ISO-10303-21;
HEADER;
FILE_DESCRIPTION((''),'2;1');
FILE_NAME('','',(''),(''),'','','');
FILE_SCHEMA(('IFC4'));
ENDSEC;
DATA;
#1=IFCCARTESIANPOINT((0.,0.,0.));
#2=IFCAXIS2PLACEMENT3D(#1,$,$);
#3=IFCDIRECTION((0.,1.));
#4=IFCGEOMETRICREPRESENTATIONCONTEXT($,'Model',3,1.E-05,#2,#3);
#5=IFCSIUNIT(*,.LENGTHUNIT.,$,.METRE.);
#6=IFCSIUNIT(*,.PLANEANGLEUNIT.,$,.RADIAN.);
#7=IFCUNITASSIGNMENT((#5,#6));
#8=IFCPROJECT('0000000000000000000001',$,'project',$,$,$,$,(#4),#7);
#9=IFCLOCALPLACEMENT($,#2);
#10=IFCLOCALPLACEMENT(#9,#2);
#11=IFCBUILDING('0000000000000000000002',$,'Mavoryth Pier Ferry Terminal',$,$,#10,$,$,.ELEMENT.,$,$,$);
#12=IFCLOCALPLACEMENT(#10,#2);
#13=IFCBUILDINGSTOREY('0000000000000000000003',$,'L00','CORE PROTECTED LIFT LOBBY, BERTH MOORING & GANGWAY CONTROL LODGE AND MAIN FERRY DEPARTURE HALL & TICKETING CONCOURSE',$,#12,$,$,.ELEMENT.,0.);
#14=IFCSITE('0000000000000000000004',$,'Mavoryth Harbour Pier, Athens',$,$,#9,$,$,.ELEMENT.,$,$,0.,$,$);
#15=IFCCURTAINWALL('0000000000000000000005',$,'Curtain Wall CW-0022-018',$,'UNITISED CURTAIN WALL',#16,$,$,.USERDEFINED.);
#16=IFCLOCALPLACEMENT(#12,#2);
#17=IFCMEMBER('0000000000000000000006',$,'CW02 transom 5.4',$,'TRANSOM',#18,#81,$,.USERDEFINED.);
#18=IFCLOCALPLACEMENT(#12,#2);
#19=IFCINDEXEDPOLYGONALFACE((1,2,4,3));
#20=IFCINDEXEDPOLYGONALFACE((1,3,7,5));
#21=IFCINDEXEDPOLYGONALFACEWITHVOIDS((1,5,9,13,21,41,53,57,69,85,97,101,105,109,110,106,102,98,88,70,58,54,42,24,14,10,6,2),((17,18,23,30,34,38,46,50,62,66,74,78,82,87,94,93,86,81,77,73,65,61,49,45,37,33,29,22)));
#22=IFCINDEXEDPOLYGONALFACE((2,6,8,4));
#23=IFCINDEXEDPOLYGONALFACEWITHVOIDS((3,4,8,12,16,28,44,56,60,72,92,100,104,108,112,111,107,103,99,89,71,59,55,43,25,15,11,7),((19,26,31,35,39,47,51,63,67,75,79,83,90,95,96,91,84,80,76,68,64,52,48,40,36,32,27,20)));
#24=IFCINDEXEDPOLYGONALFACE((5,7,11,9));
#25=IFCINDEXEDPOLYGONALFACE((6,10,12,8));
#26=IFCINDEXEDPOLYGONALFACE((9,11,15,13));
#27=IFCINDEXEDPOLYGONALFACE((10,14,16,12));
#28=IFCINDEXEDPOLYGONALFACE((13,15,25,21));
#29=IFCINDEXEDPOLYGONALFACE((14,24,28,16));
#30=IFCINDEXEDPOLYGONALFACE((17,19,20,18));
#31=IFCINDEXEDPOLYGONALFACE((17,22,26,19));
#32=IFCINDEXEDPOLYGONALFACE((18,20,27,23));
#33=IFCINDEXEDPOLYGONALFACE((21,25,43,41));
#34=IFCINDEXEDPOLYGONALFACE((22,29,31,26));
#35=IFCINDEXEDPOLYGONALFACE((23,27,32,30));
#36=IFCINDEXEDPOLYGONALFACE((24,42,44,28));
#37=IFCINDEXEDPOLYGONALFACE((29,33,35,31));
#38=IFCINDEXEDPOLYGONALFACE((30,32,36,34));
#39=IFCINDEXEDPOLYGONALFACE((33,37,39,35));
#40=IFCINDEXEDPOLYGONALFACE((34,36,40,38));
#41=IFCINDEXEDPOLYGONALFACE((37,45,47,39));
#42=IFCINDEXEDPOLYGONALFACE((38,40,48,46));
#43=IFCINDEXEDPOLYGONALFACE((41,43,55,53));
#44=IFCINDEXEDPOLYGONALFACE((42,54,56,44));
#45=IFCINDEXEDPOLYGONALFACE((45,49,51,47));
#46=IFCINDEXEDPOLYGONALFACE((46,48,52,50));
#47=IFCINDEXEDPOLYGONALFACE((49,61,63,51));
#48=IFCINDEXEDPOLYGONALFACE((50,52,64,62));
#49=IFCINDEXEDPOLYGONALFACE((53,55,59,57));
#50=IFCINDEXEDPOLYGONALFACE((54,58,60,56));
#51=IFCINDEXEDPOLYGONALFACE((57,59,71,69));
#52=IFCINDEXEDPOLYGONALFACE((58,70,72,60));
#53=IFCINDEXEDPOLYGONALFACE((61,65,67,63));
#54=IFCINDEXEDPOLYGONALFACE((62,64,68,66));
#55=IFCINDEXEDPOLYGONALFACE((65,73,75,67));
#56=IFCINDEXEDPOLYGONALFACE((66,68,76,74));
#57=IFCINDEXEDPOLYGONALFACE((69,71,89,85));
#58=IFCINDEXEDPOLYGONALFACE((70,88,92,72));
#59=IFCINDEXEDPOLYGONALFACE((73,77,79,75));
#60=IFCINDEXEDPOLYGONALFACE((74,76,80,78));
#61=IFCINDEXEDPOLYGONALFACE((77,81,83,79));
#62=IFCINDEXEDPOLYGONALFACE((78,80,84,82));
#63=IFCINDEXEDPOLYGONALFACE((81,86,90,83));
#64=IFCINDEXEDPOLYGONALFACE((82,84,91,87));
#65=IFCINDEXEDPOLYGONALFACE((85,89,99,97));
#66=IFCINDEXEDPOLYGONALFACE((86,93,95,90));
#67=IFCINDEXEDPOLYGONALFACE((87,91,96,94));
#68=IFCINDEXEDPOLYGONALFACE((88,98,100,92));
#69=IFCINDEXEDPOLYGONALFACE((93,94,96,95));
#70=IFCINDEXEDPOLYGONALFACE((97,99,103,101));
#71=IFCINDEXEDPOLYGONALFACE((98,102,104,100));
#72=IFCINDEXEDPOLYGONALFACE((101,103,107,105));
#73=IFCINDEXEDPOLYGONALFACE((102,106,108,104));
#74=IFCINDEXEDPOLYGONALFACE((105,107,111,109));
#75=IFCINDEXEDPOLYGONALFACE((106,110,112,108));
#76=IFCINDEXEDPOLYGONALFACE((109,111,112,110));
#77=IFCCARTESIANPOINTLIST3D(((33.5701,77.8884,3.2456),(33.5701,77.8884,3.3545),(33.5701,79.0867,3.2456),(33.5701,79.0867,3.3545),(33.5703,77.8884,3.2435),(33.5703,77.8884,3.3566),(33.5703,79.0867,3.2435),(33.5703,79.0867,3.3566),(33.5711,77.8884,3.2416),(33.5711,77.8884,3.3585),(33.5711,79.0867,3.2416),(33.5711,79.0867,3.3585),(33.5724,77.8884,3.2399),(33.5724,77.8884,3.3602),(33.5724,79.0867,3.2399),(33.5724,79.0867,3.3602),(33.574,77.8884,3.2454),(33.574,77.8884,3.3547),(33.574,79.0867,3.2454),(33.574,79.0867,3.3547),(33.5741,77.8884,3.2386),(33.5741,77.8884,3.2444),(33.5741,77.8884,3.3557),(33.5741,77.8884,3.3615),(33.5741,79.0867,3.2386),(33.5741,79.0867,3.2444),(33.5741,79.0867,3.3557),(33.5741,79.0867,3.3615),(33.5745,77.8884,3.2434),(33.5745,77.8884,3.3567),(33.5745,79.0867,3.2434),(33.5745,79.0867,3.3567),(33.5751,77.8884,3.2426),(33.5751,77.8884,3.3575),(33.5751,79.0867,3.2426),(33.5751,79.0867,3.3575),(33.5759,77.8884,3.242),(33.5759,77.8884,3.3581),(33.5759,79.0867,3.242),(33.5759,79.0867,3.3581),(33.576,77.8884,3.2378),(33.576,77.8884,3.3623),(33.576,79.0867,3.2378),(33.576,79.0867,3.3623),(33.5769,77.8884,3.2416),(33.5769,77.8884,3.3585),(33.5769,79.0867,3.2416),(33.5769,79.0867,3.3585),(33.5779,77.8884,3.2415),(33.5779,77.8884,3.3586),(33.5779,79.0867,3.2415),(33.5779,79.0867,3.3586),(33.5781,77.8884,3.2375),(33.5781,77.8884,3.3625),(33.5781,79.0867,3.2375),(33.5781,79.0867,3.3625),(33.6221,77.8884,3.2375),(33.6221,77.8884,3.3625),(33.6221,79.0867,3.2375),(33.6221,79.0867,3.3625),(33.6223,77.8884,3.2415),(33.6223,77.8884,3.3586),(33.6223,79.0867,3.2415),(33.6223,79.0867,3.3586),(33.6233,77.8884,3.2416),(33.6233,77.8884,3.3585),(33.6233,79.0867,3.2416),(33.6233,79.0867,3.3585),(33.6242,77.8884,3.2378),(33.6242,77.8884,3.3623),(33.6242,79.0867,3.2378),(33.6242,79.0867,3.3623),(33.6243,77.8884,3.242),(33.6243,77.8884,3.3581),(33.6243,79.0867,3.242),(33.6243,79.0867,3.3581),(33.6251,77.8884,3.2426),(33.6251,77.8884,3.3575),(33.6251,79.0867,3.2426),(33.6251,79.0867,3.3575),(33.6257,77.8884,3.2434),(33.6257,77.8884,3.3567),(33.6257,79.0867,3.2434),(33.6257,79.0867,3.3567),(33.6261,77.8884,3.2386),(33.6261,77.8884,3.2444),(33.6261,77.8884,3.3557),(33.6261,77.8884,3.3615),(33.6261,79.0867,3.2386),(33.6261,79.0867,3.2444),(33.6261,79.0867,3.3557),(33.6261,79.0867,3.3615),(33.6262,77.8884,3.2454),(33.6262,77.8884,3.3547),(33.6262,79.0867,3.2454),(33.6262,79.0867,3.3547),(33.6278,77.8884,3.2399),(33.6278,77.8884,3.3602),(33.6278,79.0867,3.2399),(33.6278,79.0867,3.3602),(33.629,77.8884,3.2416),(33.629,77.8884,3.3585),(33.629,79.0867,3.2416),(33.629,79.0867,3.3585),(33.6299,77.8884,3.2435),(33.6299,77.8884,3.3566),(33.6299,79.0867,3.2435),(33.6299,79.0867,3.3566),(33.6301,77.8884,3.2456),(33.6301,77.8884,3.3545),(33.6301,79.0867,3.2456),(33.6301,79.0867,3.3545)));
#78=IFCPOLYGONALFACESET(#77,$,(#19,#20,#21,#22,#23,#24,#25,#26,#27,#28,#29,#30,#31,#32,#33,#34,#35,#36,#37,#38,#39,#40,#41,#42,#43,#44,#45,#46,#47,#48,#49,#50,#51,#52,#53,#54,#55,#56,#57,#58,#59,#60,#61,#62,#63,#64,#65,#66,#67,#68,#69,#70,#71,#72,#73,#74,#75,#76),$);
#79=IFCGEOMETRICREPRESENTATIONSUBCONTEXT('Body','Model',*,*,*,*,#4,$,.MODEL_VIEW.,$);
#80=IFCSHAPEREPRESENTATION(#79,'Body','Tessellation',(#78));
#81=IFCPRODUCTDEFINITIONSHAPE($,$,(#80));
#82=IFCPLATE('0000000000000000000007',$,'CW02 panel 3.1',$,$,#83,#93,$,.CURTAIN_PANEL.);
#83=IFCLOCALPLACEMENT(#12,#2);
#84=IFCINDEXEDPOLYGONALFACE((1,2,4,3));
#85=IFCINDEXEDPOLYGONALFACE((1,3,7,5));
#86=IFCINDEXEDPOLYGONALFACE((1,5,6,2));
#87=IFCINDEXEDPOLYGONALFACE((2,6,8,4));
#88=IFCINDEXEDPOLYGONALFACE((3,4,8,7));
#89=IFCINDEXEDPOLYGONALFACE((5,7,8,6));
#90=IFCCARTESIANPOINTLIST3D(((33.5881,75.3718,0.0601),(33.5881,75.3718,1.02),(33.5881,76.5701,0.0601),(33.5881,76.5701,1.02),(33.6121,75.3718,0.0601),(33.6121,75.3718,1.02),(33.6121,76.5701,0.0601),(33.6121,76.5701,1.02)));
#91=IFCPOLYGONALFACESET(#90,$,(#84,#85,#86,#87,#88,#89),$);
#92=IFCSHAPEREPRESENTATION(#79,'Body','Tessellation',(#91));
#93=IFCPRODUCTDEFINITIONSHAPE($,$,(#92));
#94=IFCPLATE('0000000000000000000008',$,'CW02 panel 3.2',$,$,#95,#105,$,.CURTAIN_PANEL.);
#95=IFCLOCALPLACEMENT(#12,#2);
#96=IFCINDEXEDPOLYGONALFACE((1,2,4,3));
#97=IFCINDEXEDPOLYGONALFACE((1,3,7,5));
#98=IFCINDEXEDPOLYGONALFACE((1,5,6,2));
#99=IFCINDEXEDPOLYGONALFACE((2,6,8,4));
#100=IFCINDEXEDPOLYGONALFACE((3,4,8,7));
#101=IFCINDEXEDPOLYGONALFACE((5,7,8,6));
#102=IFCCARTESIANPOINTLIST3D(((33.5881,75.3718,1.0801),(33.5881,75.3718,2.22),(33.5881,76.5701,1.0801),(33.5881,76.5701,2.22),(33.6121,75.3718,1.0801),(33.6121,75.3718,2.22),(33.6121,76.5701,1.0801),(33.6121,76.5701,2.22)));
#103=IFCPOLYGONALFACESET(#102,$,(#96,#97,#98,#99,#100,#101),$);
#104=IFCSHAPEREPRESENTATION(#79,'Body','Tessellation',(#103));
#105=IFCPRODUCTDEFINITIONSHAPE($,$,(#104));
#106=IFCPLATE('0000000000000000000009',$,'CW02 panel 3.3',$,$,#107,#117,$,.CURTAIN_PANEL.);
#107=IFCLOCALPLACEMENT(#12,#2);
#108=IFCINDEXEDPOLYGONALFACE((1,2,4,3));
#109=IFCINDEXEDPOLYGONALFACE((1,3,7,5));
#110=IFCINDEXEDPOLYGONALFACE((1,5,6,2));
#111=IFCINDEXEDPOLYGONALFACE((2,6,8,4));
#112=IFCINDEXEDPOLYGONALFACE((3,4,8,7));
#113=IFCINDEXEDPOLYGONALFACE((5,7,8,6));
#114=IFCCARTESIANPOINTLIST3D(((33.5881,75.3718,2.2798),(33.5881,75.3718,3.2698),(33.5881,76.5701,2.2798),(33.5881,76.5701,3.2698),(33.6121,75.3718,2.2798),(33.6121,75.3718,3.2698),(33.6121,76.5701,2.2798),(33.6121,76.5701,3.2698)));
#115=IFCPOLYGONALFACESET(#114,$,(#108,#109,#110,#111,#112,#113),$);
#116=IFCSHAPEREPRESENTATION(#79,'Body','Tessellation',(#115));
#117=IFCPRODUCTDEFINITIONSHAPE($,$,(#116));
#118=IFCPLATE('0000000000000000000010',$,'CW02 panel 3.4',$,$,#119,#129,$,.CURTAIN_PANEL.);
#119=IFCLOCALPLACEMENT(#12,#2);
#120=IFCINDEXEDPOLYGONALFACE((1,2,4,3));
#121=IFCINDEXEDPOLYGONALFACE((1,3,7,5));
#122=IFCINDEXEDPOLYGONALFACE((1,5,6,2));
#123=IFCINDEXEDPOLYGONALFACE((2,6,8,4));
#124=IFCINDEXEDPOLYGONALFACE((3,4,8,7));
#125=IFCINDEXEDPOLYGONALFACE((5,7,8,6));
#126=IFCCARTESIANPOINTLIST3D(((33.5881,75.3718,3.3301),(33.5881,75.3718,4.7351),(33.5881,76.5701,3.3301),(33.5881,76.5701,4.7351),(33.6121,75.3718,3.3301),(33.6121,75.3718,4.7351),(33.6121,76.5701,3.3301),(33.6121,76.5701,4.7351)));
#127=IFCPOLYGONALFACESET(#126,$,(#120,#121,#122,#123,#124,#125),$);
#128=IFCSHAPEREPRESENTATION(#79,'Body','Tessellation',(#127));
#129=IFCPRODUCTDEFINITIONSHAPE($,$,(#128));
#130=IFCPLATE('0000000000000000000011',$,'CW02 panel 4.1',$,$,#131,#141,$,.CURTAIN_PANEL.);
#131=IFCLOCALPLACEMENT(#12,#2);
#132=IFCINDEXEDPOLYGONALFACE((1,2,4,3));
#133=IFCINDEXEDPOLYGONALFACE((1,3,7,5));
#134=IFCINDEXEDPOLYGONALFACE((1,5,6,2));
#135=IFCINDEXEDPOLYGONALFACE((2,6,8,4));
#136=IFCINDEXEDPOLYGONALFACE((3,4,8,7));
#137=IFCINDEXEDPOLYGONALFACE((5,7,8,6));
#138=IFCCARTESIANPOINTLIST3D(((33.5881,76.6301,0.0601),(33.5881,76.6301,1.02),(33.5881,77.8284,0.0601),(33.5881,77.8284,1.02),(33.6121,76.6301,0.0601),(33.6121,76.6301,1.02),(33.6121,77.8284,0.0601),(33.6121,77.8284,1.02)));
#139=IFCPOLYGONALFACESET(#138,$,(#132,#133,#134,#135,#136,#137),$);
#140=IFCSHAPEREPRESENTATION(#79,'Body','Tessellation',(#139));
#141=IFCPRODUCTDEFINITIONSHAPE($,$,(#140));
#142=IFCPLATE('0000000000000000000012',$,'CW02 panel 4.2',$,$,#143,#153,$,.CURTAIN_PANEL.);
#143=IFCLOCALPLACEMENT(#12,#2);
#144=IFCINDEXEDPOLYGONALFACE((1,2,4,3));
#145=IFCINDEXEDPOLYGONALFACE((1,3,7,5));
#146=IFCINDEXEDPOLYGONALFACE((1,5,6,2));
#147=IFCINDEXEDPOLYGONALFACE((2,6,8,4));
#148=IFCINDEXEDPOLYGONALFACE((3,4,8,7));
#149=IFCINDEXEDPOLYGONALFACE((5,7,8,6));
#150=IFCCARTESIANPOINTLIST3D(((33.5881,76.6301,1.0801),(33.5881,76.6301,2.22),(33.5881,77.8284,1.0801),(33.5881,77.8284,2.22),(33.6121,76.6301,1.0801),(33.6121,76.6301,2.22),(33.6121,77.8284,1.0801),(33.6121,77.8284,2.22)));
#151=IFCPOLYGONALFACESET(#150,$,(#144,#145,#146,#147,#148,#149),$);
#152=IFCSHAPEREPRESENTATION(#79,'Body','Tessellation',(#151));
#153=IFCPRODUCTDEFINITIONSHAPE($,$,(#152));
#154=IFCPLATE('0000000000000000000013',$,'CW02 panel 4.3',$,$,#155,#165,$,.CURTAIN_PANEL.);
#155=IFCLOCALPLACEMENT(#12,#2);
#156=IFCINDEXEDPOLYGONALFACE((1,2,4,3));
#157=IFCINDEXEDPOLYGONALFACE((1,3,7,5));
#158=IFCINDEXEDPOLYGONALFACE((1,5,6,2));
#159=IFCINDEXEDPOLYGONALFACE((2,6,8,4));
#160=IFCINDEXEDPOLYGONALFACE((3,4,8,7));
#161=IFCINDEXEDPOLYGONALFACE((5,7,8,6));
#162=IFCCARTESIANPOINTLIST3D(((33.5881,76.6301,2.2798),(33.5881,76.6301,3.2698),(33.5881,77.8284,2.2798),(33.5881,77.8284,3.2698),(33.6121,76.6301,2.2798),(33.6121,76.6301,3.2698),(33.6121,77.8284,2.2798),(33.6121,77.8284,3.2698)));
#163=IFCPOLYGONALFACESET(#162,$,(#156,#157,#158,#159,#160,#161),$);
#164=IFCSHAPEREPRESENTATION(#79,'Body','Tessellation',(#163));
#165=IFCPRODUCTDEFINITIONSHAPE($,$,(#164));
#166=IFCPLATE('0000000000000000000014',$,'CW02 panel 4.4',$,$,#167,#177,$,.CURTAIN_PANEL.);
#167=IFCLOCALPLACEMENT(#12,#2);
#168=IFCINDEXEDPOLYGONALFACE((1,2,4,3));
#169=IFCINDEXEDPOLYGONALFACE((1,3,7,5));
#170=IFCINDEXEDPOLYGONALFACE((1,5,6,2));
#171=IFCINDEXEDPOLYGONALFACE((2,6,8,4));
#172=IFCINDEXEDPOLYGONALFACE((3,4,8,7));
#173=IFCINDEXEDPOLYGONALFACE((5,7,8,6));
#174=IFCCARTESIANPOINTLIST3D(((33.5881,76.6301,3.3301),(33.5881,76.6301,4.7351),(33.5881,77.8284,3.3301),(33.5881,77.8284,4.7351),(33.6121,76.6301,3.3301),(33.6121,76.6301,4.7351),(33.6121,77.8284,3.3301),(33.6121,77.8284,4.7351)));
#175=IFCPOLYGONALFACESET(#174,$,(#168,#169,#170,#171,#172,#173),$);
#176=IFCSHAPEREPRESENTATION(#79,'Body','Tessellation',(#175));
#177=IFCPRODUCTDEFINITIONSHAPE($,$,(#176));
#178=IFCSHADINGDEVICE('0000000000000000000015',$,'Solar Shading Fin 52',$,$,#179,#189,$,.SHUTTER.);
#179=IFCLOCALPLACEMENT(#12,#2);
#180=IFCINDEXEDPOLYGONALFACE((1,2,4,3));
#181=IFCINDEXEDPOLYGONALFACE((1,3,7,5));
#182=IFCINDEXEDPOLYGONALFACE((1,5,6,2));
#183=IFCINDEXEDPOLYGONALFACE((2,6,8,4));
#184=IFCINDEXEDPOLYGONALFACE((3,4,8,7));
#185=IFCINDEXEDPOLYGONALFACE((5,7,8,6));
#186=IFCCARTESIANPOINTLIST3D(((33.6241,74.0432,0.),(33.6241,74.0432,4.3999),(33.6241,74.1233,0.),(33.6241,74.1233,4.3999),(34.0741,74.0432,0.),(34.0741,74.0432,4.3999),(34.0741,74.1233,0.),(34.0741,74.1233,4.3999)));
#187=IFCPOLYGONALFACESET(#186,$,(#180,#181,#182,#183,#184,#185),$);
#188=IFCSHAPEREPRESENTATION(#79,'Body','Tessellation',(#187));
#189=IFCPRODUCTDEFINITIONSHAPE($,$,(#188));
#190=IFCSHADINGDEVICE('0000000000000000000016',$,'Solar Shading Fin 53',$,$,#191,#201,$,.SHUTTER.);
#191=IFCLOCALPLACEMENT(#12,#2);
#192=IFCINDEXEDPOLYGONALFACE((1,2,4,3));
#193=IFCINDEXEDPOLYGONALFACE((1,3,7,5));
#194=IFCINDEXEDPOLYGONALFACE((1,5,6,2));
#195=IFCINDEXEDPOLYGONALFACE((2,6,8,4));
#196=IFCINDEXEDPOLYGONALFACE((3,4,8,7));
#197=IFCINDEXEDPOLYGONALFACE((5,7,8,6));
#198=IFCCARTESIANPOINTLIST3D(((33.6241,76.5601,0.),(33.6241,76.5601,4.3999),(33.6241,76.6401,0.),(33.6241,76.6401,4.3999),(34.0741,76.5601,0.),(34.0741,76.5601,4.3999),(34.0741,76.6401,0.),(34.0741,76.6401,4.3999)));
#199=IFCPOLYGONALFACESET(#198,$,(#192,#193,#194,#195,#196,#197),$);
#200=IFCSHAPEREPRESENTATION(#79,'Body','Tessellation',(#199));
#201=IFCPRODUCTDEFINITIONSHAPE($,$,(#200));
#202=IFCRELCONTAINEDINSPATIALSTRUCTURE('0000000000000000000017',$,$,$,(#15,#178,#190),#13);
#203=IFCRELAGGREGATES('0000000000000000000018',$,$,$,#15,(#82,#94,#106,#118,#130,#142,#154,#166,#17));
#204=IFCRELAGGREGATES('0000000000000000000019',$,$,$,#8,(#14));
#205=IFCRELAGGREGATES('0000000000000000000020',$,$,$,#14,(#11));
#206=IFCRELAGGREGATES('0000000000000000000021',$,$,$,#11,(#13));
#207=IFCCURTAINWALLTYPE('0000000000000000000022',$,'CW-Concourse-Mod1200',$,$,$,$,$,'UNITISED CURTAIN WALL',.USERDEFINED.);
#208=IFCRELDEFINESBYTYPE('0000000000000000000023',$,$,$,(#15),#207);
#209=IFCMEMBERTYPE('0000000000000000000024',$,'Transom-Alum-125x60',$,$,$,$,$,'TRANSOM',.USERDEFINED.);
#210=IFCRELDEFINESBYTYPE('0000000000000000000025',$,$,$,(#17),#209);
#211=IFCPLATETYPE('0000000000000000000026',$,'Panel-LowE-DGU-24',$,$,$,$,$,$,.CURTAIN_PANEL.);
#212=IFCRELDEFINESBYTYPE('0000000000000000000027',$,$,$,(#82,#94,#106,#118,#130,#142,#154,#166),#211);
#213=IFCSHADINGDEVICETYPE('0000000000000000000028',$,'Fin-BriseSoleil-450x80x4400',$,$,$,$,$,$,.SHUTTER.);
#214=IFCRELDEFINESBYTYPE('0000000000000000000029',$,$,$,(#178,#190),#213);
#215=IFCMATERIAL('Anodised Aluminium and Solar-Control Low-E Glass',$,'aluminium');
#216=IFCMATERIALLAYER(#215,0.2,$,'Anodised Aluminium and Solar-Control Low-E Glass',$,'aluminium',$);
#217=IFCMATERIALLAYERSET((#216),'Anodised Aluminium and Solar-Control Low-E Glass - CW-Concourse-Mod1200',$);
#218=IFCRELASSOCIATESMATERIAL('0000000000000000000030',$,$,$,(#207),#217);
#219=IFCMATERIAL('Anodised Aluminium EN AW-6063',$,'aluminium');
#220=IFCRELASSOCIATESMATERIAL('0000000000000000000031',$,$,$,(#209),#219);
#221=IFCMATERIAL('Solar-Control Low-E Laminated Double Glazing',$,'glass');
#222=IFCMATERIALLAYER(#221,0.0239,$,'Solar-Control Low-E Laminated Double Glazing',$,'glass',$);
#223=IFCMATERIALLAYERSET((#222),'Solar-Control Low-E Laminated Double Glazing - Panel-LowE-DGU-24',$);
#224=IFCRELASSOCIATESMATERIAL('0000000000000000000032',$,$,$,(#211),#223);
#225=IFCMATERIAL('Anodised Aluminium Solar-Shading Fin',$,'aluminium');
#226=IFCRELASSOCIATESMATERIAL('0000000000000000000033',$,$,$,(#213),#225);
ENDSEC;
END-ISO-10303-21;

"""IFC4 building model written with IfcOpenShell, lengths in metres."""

from ifc_helpers import new_model, si_unit, direction, frame, origin, origin_2d, place, context, subcontext, project, spatial, rectangle, hollow_rectangle, extrude, material, layer, layer_set, material_profile, profile_set, type_object, element, aggregate, save


model = new_model("IFC4")

# Units and contexts
model_context = context("Model", 3, precision=1e-05, world=origin(), true_north=direction((0.0, 1.0)))
body_context = subcontext(model_context, "Body", "Model", "MODEL_VIEW")
ifc_project = project(units=[si_unit("LENGTHUNIT", "METRE"), si_unit("PLANEANGLEUNIT", "RADIAN")], contexts=[model_context])

# Site, building, storey
site_placement = place(None, origin())
site = spatial("IfcSite", under=ifc_project, at=site_placement, Name="Mavoryth Harbour Pier, Athens", CompositionType="ELEMENT", RefElevation=0.0)
building_placement = place(site_placement, origin())
building = spatial("IfcBuilding", under=site, at=building_placement, Name="Mavoryth Pier Ferry Terminal", CompositionType="ELEMENT")
storey_placement = place(building_placement, origin())
storey = spatial("IfcBuildingStorey", under=building, at=storey_placement, Name="L00", Description="CORE PROTECTED LIFT LOBBY, BERTH MOORING & GANGWAY CONTROL LODGE AND MAIN FERRY DEPARTURE HALL & TICKETING CONCOURSE", CompositionType="ELEMENT", Elevation=0.0)

# Curtain wall, member, plates
ifc_material_1 = material(Name="Anodised Aluminium and Solar-Control Low-E Glass", Category="aluminium")
ifc_layer_1 = layer(ifc_material_1, 0.2, Name="Anodised Aluminium and Solar-Control Low-E Glass", Category="aluminium")
ifc_layer_set_1 = layer_set([ifc_layer_1], Name="Anodised Aluminium and Solar-Control Low-E Glass - CW-Concourse-Mod1200")
curtain_wall_type = type_object("IfcCurtainWallType", Name="CW-Concourse-Mod1200", ElementType="UNITISED CURTAIN WALL", PredefinedType="USERDEFINED", material=ifc_layer_set_1)
curtain_wall_placement = place(storey_placement, origin())
curtain_wall = element("IfcCurtainWall", 1, at=curtain_wall_placement, inside=storey, type_object=curtain_wall_type, Name="Curtain Wall CW-0022-018", ObjectType="UNITISED CURTAIN WALL", PredefinedType="USERDEFINED")
ifc_material_2 = material(Name="Anodised Aluminium EN AW-6063", Category="aluminium")
ifc_material_profile_1 = material_profile(ifc_material_2, hollow_rectangle(XDim=0.0601, YDim=0.125, WallThickness=0.0039, InnerFilletRadius=0.0039, OuterFilletRadius=0.0081, at=origin_2d()), Name="AL-TRAN 125x60x4", Category="aluminium")
ifc_profile_set_1 = profile_set([ifc_material_profile_1], Name="Anodised Aluminium EN AW-6063 - AL-TRAN 125x60x4")
member_type_1 = type_object("IfcMemberType", Name="Transom-Alum-125x60", ElementType="TRANSOM", PredefinedType="USERDEFINED", material=ifc_profile_set_1)
member_1_placement = place(storey_placement, frame((33.6001, 77.8884, 3.3), z_axis=(0.0, 1.0, 0.0), x_axis=(-1.0, 0.0, 0.0)))
member_1 = element("IfcMember", 2, at=member_1_placement, type_object=member_type_1, Name="CW02 transom 5.4", ObjectType="TRANSOM", PredefinedType="USERDEFINED", context=body_context, shape_type="SweptSolid", body=[
    extrude(hollow_rectangle(XDim=0.0601, YDim=0.125, WallThickness=0.0039, InnerFilletRadius=0.0039, OuterFilletRadius=0.0081, at=origin_2d()), origin(), (0.0, 0.0, 1.0), 1.1982),
])
ifc_material_3 = material(Name="Solar-Control Low-E Laminated Double Glazing", Category="glass")
ifc_layer_2 = layer(ifc_material_3, 0.0239, Name="Solar-Control Low-E Laminated Double Glazing", Category="glass")
ifc_layer_set_2 = layer_set([ifc_layer_2], Name="Solar-Control Low-E Laminated Double Glazing - Panel-LowE-DGU-24")
plate_type = type_object("IfcPlateType", Name="Panel-LowE-DGU-24", PredefinedType="CURTAIN_PANEL", material=ifc_layer_set_2)
plate_1_placement = place(storey_placement, frame((33.6001, 75.9709, 0.0601), z_axis=(0.0, 0.0, 1.0), x_axis=(0.0, 1.0, 0.0)))
plate_1 = element("IfcPlate", 3, at=plate_1_placement, type_object=plate_type, Name="CW02 panel 3.1", PredefinedType="CURTAIN_PANEL", context=body_context, shape_type="SweptSolid", body=[
    extrude(rectangle(XDim=1.1982, YDim=0.0239, at=origin_2d()), origin(), (0.0, 0.0, 1.0), 0.96),
])
plate_2_placement = place(storey_placement, frame((33.6001, 75.9709, 1.0801), z_axis=(0.0, 0.0, 1.0), x_axis=(0.0, 1.0, 0.0)))
plate_2 = element("IfcPlate", 4, at=plate_2_placement, type_object=plate_type, Name="CW02 panel 3.2", PredefinedType="CURTAIN_PANEL", context=body_context, shape_type="SweptSolid", body=[
    extrude(rectangle(XDim=1.1982, YDim=0.0239, at=origin_2d()), origin(), (0.0, 0.0, 1.0), 1.1399),
])
plate_3_placement = place(storey_placement, frame((33.6001, 75.9709, 2.2798), z_axis=(0.0, 0.0, 1.0), x_axis=(0.0, 1.0, 0.0)))
plate_3 = element("IfcPlate", 5, at=plate_3_placement, type_object=plate_type, Name="CW02 panel 3.3", PredefinedType="CURTAIN_PANEL", context=body_context, shape_type="SweptSolid", body=[
    extrude(rectangle(XDim=1.1982, YDim=0.0239, at=origin_2d()), origin(), (0.0, 0.0, 1.0), 0.99),
])
plate_4_placement = place(storey_placement, frame((33.6001, 75.9709, 3.3301), z_axis=(0.0, 0.0, 1.0), x_axis=(0.0, 1.0, 0.0)))
plate_4 = element("IfcPlate", 6, at=plate_4_placement, type_object=plate_type, Name="CW02 panel 3.4", PredefinedType="CURTAIN_PANEL", context=body_context, shape_type="SweptSolid", body=[
    extrude(rectangle(XDim=1.1982, YDim=0.0239, at=origin_2d()), origin(), (0.0, 0.0, 1.0), 1.405),
])
plate_5_placement = place(storey_placement, frame((33.6001, 77.2292, 0.0601), z_axis=(0.0, 0.0, 1.0), x_axis=(0.0, 1.0, 0.0)))
plate_5 = element("IfcPlate", 7, at=plate_5_placement, type_object=plate_type, Name="CW02 panel 4.1", PredefinedType="CURTAIN_PANEL", context=body_context, shape_type="SweptSolid", body=[
    extrude(rectangle(XDim=1.1982, YDim=0.0239, at=origin_2d()), origin(), (0.0, 0.0, 1.0), 0.96),
])
plate_6_placement = place(storey_placement, frame((33.6001, 77.2292, 1.0801), z_axis=(0.0, 0.0, 1.0), x_axis=(0.0, 1.0, 0.0)))
plate_6 = element("IfcPlate", 8, at=plate_6_placement, type_object=plate_type, Name="CW02 panel 4.2", PredefinedType="CURTAIN_PANEL", context=body_context, shape_type="SweptSolid", body=[
    extrude(rectangle(XDim=1.1982, YDim=0.0239, at=origin_2d()), origin(), (0.0, 0.0, 1.0), 1.1399),
])
plate_7_placement = place(storey_placement, frame((33.6001, 77.2292, 2.2798), z_axis=(0.0, 0.0, 1.0), x_axis=(0.0, 1.0, 0.0)))
plate_7 = element("IfcPlate", 9, at=plate_7_placement, type_object=plate_type, Name="CW02 panel 4.3", PredefinedType="CURTAIN_PANEL", context=body_context, shape_type="SweptSolid", body=[
    extrude(rectangle(XDim=1.1982, YDim=0.0239, at=origin_2d()), origin(), (0.0, 0.0, 1.0), 0.99),
])
plate_8_placement = place(storey_placement, frame((33.6001, 77.2292, 3.3301), z_axis=(0.0, 0.0, 1.0), x_axis=(0.0, 1.0, 0.0)))
plate_8 = element("IfcPlate", 10, at=plate_8_placement, type_object=plate_type, Name="CW02 panel 4.4", PredefinedType="CURTAIN_PANEL", context=body_context, shape_type="SweptSolid", body=[
    extrude(rectangle(XDim=1.1982, YDim=0.0239, at=origin_2d()), origin(), (0.0, 0.0, 1.0), 1.405),
])
aggregate(curtain_wall, [plate_1, plate_2, plate_3, plate_4, plate_5, plate_6, plate_7, plate_8, member_1])

# Shading devices
ifc_material_4 = material(Name="Anodised Aluminium Solar-Shading Fin", Category="aluminium")
shading_device_type = type_object("IfcShadingDeviceType", Name="Fin-BriseSoleil-450x80x4400", PredefinedType="SHUTTER", material=ifc_material_4)
for number, where, z_axis, x_axis, name in (
    (11, (33.8491, 74.0833, 0.0), (0.0, 0.0, 1.0), (0.0, 1.0, 0.0), "Solar Shading Fin 52"),
    (12, (33.8491, 76.6001, 0.0), (0.0, 0.0, 1.0), (0.0, 1.0, 0.0), "Solar Shading Fin 53"),
):
    element("IfcShadingDevice", number, at=place(storey_placement, frame(where, z_axis=z_axis, x_axis=x_axis)), inside=storey, type_object=shading_device_type, Name=name, PredefinedType="SHUTTER", context=body_context, shape_type="SweptSolid", body=[
        extrude(rectangle(XDim=0.0801, YDim=0.45, at=origin_2d()), origin(), (0.0, 0.0, 1.0), 4.3999),
    ])

save(model, "model.ifc")
